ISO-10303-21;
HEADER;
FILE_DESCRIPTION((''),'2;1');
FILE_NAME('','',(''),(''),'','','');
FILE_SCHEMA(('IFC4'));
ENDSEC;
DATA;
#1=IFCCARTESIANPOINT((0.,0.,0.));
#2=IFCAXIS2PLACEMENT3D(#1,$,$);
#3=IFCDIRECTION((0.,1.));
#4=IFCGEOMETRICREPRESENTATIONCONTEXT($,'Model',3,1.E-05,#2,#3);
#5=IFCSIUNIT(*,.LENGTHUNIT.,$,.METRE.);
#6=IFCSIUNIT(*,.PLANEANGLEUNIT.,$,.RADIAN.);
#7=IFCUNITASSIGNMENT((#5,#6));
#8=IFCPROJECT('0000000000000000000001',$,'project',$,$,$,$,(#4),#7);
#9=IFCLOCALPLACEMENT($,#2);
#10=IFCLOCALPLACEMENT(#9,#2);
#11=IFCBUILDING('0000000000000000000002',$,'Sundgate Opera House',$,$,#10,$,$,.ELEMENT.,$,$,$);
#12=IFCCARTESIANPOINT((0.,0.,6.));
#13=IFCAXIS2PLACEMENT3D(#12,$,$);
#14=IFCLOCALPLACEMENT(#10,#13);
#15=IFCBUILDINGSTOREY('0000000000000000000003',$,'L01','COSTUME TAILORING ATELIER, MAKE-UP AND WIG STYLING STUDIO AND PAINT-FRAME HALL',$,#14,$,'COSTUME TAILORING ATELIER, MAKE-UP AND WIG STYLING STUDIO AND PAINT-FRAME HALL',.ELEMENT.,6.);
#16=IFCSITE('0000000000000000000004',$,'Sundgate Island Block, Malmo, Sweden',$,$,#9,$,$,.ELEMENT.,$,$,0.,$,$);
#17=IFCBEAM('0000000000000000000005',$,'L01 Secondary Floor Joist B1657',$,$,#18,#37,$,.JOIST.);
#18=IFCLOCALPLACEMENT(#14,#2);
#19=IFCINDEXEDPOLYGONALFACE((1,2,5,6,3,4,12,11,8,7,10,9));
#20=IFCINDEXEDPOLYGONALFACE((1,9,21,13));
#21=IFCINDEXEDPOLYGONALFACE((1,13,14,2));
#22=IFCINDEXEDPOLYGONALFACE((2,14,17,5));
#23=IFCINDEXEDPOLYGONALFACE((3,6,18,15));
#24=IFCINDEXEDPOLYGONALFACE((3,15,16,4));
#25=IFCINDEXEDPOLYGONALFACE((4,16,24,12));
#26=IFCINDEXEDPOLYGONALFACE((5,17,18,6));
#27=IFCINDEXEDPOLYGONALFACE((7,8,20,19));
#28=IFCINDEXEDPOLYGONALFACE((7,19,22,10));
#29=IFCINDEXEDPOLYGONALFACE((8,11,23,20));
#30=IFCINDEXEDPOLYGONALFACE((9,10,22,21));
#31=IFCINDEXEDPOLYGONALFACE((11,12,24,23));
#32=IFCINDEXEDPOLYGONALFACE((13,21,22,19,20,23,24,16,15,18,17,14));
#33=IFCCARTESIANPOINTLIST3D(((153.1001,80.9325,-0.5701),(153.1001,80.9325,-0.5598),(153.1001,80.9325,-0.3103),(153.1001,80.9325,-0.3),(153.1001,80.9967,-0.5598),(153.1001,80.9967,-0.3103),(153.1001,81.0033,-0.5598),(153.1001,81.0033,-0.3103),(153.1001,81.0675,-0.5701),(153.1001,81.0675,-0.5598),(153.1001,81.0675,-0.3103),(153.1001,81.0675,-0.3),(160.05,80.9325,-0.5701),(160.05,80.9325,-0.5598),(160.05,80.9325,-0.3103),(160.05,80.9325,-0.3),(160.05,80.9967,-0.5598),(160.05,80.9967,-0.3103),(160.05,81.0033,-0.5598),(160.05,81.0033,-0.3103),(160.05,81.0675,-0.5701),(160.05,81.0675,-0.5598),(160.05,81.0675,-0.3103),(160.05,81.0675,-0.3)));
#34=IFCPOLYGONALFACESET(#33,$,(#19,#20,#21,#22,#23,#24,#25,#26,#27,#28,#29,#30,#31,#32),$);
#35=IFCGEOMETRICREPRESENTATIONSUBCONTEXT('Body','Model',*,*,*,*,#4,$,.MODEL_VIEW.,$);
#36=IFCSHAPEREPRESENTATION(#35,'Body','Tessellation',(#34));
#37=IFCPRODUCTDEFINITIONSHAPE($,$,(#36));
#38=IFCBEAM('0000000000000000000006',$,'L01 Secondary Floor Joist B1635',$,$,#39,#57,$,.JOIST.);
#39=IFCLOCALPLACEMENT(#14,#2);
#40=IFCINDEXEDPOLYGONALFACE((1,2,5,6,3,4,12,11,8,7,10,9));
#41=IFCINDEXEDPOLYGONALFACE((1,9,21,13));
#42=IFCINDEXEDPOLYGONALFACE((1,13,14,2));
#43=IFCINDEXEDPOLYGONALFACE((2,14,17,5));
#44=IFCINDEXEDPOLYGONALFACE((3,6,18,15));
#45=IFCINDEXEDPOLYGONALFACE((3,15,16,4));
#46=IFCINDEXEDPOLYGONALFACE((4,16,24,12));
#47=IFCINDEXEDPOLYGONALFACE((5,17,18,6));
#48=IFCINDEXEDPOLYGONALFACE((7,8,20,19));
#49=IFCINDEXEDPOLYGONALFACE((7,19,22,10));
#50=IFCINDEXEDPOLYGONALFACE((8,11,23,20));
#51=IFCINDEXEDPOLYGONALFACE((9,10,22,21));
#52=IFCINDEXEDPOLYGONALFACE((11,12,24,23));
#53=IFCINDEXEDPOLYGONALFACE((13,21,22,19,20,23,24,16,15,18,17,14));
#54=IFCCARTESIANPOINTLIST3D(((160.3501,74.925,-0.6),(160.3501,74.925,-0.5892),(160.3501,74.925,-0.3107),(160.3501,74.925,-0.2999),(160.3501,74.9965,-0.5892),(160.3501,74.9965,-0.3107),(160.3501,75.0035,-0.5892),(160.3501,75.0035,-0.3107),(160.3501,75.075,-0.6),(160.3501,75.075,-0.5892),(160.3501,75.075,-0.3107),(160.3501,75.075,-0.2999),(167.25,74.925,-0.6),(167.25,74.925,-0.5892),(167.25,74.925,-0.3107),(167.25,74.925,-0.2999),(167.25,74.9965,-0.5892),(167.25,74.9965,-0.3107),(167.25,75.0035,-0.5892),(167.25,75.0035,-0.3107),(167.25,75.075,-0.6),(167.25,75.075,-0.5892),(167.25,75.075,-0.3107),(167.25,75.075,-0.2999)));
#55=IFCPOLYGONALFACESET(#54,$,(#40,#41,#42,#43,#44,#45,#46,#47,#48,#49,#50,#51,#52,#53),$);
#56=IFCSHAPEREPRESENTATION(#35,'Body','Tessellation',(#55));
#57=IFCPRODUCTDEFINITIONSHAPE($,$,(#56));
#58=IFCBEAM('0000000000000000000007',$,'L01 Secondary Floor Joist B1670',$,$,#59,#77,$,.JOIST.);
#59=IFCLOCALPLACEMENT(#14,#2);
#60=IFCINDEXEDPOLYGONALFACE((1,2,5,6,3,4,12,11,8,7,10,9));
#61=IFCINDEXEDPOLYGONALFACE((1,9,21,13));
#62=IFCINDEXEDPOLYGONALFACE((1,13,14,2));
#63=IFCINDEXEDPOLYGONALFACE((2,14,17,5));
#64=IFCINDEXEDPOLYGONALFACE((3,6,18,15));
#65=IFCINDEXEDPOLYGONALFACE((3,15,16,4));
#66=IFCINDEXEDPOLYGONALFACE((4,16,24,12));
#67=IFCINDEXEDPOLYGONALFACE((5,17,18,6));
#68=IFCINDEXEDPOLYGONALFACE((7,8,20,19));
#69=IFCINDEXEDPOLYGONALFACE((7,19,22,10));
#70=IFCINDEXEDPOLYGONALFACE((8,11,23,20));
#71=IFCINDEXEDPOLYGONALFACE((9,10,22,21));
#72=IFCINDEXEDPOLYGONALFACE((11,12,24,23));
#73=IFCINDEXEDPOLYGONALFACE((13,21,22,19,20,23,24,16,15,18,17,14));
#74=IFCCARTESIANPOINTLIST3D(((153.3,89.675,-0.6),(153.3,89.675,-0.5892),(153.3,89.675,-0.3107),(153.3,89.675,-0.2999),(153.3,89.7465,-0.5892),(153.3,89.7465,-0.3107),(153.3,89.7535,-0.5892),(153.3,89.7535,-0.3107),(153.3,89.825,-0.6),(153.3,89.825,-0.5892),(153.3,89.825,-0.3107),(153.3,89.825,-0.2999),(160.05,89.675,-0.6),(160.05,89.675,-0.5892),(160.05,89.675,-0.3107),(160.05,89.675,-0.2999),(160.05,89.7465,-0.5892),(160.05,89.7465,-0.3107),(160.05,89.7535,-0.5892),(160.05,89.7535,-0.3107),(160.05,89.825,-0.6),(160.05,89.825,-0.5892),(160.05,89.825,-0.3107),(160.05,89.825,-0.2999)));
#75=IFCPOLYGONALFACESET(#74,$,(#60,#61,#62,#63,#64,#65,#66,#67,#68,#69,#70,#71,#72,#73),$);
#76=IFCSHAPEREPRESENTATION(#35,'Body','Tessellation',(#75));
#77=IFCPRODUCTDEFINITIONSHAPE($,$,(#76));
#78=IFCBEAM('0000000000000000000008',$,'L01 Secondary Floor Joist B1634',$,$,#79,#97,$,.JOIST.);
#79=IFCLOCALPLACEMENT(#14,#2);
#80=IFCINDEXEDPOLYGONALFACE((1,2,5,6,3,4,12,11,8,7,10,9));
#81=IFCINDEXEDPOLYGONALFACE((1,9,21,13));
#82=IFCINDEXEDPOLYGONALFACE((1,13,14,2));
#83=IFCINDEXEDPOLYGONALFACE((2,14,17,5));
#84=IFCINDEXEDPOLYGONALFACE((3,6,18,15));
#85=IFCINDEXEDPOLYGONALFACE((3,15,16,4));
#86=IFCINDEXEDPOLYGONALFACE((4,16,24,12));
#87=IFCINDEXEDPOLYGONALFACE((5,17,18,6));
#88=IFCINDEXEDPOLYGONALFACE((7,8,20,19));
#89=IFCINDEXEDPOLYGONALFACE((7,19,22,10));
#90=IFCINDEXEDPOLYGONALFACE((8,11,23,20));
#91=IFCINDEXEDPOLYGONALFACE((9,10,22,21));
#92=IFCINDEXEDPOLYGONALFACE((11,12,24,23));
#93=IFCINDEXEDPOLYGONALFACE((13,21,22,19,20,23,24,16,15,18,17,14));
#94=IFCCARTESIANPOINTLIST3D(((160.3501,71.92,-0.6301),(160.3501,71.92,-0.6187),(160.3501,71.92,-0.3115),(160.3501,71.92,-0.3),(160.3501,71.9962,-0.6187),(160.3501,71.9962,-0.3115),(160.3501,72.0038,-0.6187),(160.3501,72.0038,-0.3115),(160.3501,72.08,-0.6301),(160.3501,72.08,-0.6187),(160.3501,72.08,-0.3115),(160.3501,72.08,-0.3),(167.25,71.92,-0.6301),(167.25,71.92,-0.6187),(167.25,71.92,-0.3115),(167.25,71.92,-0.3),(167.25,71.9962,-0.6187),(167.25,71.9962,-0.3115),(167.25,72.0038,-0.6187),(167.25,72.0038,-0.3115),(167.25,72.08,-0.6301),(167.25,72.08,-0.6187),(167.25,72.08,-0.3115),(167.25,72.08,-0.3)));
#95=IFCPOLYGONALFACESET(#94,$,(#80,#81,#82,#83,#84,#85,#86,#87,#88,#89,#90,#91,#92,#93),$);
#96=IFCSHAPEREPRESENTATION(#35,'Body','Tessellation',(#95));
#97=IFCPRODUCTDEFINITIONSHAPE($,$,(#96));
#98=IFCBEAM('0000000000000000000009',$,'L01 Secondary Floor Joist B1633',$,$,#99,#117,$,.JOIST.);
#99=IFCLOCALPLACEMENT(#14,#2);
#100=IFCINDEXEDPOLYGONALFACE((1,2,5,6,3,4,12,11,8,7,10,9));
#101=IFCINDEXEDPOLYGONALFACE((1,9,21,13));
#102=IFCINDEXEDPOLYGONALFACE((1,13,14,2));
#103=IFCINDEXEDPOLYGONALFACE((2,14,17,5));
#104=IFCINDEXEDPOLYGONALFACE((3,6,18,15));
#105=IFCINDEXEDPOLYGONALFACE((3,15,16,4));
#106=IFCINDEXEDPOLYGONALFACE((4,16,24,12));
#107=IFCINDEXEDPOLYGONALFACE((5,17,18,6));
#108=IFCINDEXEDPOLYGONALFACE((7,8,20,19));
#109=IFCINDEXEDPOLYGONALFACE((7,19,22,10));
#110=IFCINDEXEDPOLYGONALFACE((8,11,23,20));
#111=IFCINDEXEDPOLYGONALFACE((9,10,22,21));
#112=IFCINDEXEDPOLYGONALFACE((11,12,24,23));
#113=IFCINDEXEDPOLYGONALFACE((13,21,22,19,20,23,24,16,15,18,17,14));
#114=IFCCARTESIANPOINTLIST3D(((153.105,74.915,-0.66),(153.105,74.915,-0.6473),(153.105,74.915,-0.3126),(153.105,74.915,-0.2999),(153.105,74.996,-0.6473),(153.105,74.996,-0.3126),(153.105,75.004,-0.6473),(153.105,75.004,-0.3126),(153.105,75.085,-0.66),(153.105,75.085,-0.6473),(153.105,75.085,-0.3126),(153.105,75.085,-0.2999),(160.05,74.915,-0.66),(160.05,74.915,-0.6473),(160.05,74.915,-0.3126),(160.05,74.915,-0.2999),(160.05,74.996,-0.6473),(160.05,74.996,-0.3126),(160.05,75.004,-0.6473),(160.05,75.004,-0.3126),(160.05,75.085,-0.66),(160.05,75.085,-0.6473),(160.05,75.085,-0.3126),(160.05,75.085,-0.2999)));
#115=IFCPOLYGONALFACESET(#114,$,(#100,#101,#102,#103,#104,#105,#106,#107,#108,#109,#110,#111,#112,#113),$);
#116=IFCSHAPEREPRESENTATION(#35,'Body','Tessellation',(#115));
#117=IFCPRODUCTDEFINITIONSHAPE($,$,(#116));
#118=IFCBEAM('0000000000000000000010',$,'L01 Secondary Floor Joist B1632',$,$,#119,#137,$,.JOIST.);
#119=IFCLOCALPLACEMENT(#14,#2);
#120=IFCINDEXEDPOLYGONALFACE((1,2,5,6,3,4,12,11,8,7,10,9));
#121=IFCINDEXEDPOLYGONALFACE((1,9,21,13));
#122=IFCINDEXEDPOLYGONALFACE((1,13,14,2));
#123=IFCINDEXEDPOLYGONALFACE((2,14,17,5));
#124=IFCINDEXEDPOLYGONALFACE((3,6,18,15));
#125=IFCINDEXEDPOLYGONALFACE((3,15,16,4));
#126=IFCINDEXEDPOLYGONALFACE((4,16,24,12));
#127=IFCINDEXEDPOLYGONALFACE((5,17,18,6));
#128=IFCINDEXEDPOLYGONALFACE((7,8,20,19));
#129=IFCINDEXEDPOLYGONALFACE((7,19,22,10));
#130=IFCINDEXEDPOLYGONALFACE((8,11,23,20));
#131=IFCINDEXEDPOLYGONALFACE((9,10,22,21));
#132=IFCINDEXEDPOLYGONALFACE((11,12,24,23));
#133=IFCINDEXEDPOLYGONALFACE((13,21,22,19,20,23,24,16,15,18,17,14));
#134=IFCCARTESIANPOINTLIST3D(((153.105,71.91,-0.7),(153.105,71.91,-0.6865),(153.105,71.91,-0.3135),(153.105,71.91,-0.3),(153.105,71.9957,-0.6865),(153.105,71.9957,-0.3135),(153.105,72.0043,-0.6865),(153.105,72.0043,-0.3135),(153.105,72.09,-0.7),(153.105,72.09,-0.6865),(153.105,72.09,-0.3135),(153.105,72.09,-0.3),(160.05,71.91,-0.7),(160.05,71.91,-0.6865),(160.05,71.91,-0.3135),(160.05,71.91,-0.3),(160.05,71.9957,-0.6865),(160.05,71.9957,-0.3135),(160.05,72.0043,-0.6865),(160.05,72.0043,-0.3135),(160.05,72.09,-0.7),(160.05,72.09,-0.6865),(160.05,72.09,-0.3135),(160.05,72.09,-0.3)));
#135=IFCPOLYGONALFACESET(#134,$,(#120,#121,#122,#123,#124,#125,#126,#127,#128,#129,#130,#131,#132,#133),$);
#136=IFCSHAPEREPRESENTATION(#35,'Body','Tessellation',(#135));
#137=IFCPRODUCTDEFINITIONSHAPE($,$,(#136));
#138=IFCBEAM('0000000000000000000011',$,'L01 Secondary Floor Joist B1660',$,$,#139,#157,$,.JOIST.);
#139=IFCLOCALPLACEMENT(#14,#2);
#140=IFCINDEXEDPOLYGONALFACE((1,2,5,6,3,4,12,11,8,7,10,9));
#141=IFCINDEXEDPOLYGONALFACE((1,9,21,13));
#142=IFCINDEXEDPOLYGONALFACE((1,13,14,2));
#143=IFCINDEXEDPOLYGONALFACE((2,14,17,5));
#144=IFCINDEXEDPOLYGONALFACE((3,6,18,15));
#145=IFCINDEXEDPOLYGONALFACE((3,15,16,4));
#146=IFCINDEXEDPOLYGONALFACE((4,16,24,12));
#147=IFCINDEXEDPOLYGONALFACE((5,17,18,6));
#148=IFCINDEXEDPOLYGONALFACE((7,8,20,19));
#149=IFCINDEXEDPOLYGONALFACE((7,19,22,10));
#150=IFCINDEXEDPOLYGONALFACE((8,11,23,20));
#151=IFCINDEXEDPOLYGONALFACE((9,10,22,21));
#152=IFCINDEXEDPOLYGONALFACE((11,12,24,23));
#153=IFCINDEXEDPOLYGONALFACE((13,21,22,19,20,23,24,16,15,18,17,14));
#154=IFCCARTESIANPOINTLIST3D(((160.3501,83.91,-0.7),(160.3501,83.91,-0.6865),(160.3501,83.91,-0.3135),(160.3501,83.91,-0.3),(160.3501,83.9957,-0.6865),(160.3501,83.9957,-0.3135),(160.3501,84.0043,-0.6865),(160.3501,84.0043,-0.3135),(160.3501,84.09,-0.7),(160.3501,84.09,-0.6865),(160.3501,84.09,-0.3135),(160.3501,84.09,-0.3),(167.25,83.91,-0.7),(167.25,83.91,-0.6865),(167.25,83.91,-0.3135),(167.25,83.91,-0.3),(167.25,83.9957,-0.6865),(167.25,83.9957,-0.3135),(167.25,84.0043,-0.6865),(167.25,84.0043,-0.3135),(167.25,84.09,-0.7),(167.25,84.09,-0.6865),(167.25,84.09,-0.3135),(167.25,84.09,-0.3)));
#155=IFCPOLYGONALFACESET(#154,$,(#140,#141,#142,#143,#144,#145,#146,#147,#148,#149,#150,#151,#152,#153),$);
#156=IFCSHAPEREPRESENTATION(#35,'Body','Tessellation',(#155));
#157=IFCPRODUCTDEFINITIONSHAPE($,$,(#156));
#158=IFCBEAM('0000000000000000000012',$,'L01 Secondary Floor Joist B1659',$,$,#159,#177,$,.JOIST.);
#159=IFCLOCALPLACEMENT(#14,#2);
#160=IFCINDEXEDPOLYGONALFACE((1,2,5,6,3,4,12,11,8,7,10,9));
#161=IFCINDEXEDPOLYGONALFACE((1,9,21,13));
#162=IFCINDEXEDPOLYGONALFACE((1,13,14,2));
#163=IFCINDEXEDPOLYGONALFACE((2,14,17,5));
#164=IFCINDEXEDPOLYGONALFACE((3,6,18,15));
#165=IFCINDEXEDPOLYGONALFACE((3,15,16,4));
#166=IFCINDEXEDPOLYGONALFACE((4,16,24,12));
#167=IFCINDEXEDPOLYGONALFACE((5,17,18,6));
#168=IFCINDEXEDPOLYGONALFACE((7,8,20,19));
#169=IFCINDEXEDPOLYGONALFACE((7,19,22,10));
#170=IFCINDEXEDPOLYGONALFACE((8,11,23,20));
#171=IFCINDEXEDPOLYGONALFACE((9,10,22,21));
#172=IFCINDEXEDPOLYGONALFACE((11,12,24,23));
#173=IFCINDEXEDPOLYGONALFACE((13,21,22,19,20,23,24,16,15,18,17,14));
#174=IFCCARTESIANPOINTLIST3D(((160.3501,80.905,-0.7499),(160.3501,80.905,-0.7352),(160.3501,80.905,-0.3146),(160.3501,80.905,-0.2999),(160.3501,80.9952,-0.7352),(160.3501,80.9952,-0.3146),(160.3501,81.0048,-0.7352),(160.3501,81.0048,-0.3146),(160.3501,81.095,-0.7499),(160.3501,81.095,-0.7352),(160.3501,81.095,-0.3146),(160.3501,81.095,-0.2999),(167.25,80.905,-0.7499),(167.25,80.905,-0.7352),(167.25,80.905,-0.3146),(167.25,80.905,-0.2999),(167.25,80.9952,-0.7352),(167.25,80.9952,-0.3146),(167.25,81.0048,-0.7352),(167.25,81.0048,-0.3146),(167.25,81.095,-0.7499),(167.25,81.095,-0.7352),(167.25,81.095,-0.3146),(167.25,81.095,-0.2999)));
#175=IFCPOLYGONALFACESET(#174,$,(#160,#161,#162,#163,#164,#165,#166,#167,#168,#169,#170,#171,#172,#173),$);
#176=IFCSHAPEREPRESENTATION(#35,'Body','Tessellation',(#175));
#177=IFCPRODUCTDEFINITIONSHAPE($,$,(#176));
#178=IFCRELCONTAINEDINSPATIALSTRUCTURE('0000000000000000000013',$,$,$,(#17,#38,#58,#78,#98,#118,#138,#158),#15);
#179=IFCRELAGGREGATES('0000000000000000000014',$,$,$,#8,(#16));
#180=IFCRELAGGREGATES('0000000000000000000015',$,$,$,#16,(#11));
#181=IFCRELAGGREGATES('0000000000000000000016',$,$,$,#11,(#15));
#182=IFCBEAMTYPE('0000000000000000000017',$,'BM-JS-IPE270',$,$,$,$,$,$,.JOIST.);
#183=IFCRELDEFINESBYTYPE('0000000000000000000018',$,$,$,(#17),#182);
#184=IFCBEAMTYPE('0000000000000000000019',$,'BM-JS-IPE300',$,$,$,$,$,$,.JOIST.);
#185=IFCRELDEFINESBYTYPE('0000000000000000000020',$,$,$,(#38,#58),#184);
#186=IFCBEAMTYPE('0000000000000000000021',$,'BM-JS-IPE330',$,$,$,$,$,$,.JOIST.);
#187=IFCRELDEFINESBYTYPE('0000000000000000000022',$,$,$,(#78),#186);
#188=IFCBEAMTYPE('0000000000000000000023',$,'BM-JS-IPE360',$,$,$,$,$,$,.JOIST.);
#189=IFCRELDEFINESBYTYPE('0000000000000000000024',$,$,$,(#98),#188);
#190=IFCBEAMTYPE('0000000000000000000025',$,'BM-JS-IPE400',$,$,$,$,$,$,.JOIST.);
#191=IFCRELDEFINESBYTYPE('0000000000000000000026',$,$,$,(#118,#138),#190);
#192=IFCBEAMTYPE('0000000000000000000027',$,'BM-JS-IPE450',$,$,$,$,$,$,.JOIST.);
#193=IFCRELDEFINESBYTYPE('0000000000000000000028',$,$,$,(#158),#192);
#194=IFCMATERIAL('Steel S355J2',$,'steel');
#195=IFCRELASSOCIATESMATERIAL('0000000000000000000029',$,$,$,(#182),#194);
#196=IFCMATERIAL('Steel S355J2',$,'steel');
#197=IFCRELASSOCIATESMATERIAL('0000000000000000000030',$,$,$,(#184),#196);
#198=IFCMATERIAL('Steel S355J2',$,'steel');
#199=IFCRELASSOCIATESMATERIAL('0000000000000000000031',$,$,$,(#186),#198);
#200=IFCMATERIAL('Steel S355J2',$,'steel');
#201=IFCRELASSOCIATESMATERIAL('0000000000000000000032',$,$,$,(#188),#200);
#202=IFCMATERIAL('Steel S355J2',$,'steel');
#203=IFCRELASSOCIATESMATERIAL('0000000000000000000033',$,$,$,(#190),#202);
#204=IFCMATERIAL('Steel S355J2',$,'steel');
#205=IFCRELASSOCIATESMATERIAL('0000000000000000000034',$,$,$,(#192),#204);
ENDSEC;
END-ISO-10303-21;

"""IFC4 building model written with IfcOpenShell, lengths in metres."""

from ifc_helpers import new_model, si_unit, direction, frame, origin, origin_2d, place, context, subcontext, project, spatial, i_section, extrude, material, material_profile, profile_set, type_object, element, save


model = new_model("IFC4")

# Units and contexts
model_context = context("Model", 3, precision=1e-05, world=origin(), true_north=direction((0.0, 1.0)))
body_context = subcontext(model_context, "Body", "Model", "MODEL_VIEW")
ifc_project = project(units=[si_unit("LENGTHUNIT", "METRE"), si_unit("PLANEANGLEUNIT", "RADIAN")], contexts=[model_context])

# Site, building, storey
site_placement = place(None, origin())
site = spatial("IfcSite", under=ifc_project, at=site_placement, Name="Sundgate Island Block, Malmo, Sweden", CompositionType="ELEMENT", RefElevation=0.0)
building_placement = place(site_placement, origin())
building = spatial("IfcBuilding", under=site, at=building_placement, Name="Sundgate Opera House", CompositionType="ELEMENT")
storey_placement = place(building_placement, frame((0.0, 0.0, 6.0)))
storey = spatial("IfcBuildingStorey", under=building, at=storey_placement, Name="L01", Description="COSTUME TAILORING ATELIER, MAKE-UP AND WIG STYLING STUDIO AND PAINT-FRAME HALL", LongName="COSTUME TAILORING ATELIER, MAKE-UP AND WIG STYLING STUDIO AND PAINT-FRAME HALL", CompositionType="ELEMENT", Elevation=6.0)

# Beams
ifc_material_1 = material(Name="Steel S355J2", Category="steel")
ifc_material_profile_1 = material_profile(ifc_material_1, i_section(OverallWidth=0.135, OverallDepth=0.27, WebThickness=0.0066, FlangeThickness=0.0103, at=origin_2d()), Name="IPE 270")
ifc_profile_set_1 = profile_set([ifc_material_profile_1], Name="Steel S355J2")
beam_type_1 = type_object("IfcBeamType", Name="BM-JS-IPE270", PredefinedType="JOIST", material=ifc_profile_set_1)
beam_1_placement = place(storey_placement, frame((153.1001, 81.0, -0.4351), z_axis=(1.0, 0.0, 0.0), x_axis=(0.0, 1.0, 0.0)))
element("IfcBeam", 1, at=beam_1_placement, inside=storey, type_object=beam_type_1, Name="L01 Secondary Floor Joist B1657", PredefinedType="JOIST", context=body_context, shape_type="SweptSolid", body=[
    extrude(i_section(OverallWidth=0.135, OverallDepth=0.27, WebThickness=0.0066, FlangeThickness=0.0103, at=origin_2d()), origin(), (0.0, 0.0, 1.0), 6.95),
])
ifc_material_2 = material(Name="Steel S355J2", Category="steel")
ifc_material_profile_2 = material_profile(ifc_material_2, i_section(OverallWidth=0.1499, OverallDepth=0.3, WebThickness=0.0071, FlangeThickness=0.0107, at=origin_2d()), Name="IPE 300")
ifc_profile_set_2 = profile_set([ifc_material_profile_2], Name="Steel S355J2")
beam_type_2 = type_object("IfcBeamType", Name="BM-JS-IPE300", PredefinedType="JOIST", material=ifc_profile_set_2)
beam_2_placement = place(storey_placement, frame((160.3501, 75.0, -0.45), z_axis=(1.0, 0.0, 0.0), x_axis=(0.0, 1.0, 0.0)))
element("IfcBeam", 2, at=beam_2_placement, inside=storey, type_object=beam_type_2, Name="L01 Secondary Floor Joist B1635", PredefinedType="JOIST", context=body_context, shape_type="SweptSolid", body=[
    extrude(i_section(OverallWidth=0.1499, OverallDepth=0.3, WebThickness=0.0071, FlangeThickness=0.0107, at=origin_2d()), origin(), (0.0, 0.0, 1.0), 6.8999),
])
beam_3_placement = place(storey_placement, frame((153.3, 89.75, -0.45), z_axis=(1.0, 0.0, 0.0), x_axis=(0.0, 1.0, 0.0)))
element("IfcBeam", 3, at=beam_3_placement, inside=storey, type_object=beam_type_2, Name="L01 Secondary Floor Joist B1670", PredefinedType="JOIST", context=body_context, shape_type="SweptSolid", body=[
    extrude(i_section(OverallWidth=0.1499, OverallDepth=0.3, WebThickness=0.0071, FlangeThickness=0.0107, at=origin_2d()), origin(), (0.0, 0.0, 1.0), 6.75),
])
ifc_material_3 = material(Name="Steel S355J2", Category="steel")
ifc_material_profile_3 = material_profile(ifc_material_3, i_section(OverallWidth=0.1599, OverallDepth=0.3301, WebThickness=0.0076, FlangeThickness=0.0115, at=origin_2d()), Name="IPE 330")
ifc_profile_set_3 = profile_set([ifc_material_profile_3], Name="Steel S355J2")
beam_type_3 = type_object("IfcBeamType", Name="BM-JS-IPE330", PredefinedType="JOIST", material=ifc_profile_set_3)
beam_4_placement = place(storey_placement, frame((160.3501, 72.0, -0.4651), z_axis=(1.0, 0.0, 0.0), x_axis=(0.0, 1.0, 0.0)))
element("IfcBeam", 4, at=beam_4_placement, inside=storey, type_object=beam_type_3, Name="L01 Secondary Floor Joist B1634", PredefinedType="JOIST", context=body_context, shape_type="SweptSolid", body=[
    extrude(i_section(OverallWidth=0.1599, OverallDepth=0.3301, WebThickness=0.0076, FlangeThickness=0.0115, at=origin_2d()), origin(), (0.0, 0.0, 1.0), 6.8999),
])
ifc_material_4 = material(Name="Steel S355J2", Category="steel")
ifc_material_profile_4 = material_profile(ifc_material_4, i_section(OverallWidth=0.1699, OverallDepth=0.3601, WebThickness=0.0081, FlangeThickness=0.0127, at=origin_2d()), Name="IPE 360")
ifc_profile_set_4 = profile_set([ifc_material_profile_4], Name="Steel S355J2")
beam_type_4 = type_object("IfcBeamType", Name="BM-JS-IPE360", PredefinedType="JOIST", material=ifc_profile_set_4)
beam_5_placement = place(storey_placement, frame((153.105, 75.0, -0.48), z_axis=(1.0, 0.0, 0.0), x_axis=(0.0, 1.0, 0.0)))
element("IfcBeam", 5, at=beam_5_placement, inside=storey, type_object=beam_type_4, Name="L01 Secondary Floor Joist B1633", PredefinedType="JOIST", context=body_context, shape_type="SweptSolid", body=[
    extrude(i_section(OverallWidth=0.1699, OverallDepth=0.3601, WebThickness=0.0081, FlangeThickness=0.0127, at=origin_2d()), origin(), (0.0, 0.0, 1.0), 6.9451),
])
ifc_material_5 = material(Name="Steel S355J2", Category="steel")
ifc_material_profile_5 = material_profile(ifc_material_5, i_section(OverallWidth=0.1799, OverallDepth=0.3999, WebThickness=0.0085, FlangeThickness=0.0134, at=origin_2d()), Name="IPE 400")
ifc_profile_set_5 = profile_set([ifc_material_profile_5], Name="Steel S355J2")
beam_type_5 = type_object("IfcBeamType", Name="BM-JS-IPE400", PredefinedType="JOIST", material=ifc_profile_set_5)
beam_6_placement = place(storey_placement, frame((153.105, 72.0, -0.5), z_axis=(1.0, 0.0, 0.0), x_axis=(0.0, 1.0, 0.0)))
element("IfcBeam", 6, at=beam_6_placement, inside=storey, type_object=beam_type_5, Name="L01 Secondary Floor Joist B1632", PredefinedType="JOIST", context=body_context, shape_type="SweptSolid", body=[
    extrude(i_section(OverallWidth=0.1799, OverallDepth=0.3999, WebThickness=0.0085, FlangeThickness=0.0134, at=origin_2d()), origin(), (0.0, 0.0, 1.0), 6.9451),
])
beam_7_placement = place(storey_placement, frame((160.3501, 84.0, -0.5), z_axis=(1.0, 0.0, 0.0), x_axis=(0.0, 1.0, 0.0)))
element("IfcBeam", 7, at=beam_7_placement, inside=storey, type_object=beam_type_5, Name="L01 Secondary Floor Joist B1660", PredefinedType="JOIST", context=body_context, shape_type="SweptSolid", body=[
    extrude(i_section(OverallWidth=0.1799, OverallDepth=0.3999, WebThickness=0.0085, FlangeThickness=0.0134, at=origin_2d()), origin(), (0.0, 0.0, 1.0), 6.8999),
])
ifc_material_6 = material(Name="Steel S355J2", Category="steel")
ifc_material_profile_6 = material_profile(ifc_material_6, i_section(OverallWidth=0.1899, OverallDepth=0.45, WebThickness=0.0095, FlangeThickness=0.0146, at=origin_2d()), Name="IPE 450")
ifc_profile_set_6 = profile_set([ifc_material_profile_6], Name="Steel S355J2")
beam_type_6 = type_object("IfcBeamType", Name="BM-JS-IPE450", PredefinedType="JOIST", material=ifc_profile_set_6)
beam_8_placement = place(storey_placement, frame((160.3501, 81.0, -0.5249), z_axis=(1.0, 0.0, 0.0), x_axis=(0.0, 1.0, 0.0)))
element("IfcBeam", 8, at=beam_8_placement, inside=storey, type_object=beam_type_6, Name="L01 Secondary Floor Joist B1659", PredefinedType="JOIST", context=body_context, shape_type="SweptSolid", body=[
    extrude(i_section(OverallWidth=0.1899, OverallDepth=0.45, WebThickness=0.0095, FlangeThickness=0.0146, at=origin_2d()), origin(), (0.0, 0.0, 1.0), 6.8999),
])

save(model, "model.ifc")
